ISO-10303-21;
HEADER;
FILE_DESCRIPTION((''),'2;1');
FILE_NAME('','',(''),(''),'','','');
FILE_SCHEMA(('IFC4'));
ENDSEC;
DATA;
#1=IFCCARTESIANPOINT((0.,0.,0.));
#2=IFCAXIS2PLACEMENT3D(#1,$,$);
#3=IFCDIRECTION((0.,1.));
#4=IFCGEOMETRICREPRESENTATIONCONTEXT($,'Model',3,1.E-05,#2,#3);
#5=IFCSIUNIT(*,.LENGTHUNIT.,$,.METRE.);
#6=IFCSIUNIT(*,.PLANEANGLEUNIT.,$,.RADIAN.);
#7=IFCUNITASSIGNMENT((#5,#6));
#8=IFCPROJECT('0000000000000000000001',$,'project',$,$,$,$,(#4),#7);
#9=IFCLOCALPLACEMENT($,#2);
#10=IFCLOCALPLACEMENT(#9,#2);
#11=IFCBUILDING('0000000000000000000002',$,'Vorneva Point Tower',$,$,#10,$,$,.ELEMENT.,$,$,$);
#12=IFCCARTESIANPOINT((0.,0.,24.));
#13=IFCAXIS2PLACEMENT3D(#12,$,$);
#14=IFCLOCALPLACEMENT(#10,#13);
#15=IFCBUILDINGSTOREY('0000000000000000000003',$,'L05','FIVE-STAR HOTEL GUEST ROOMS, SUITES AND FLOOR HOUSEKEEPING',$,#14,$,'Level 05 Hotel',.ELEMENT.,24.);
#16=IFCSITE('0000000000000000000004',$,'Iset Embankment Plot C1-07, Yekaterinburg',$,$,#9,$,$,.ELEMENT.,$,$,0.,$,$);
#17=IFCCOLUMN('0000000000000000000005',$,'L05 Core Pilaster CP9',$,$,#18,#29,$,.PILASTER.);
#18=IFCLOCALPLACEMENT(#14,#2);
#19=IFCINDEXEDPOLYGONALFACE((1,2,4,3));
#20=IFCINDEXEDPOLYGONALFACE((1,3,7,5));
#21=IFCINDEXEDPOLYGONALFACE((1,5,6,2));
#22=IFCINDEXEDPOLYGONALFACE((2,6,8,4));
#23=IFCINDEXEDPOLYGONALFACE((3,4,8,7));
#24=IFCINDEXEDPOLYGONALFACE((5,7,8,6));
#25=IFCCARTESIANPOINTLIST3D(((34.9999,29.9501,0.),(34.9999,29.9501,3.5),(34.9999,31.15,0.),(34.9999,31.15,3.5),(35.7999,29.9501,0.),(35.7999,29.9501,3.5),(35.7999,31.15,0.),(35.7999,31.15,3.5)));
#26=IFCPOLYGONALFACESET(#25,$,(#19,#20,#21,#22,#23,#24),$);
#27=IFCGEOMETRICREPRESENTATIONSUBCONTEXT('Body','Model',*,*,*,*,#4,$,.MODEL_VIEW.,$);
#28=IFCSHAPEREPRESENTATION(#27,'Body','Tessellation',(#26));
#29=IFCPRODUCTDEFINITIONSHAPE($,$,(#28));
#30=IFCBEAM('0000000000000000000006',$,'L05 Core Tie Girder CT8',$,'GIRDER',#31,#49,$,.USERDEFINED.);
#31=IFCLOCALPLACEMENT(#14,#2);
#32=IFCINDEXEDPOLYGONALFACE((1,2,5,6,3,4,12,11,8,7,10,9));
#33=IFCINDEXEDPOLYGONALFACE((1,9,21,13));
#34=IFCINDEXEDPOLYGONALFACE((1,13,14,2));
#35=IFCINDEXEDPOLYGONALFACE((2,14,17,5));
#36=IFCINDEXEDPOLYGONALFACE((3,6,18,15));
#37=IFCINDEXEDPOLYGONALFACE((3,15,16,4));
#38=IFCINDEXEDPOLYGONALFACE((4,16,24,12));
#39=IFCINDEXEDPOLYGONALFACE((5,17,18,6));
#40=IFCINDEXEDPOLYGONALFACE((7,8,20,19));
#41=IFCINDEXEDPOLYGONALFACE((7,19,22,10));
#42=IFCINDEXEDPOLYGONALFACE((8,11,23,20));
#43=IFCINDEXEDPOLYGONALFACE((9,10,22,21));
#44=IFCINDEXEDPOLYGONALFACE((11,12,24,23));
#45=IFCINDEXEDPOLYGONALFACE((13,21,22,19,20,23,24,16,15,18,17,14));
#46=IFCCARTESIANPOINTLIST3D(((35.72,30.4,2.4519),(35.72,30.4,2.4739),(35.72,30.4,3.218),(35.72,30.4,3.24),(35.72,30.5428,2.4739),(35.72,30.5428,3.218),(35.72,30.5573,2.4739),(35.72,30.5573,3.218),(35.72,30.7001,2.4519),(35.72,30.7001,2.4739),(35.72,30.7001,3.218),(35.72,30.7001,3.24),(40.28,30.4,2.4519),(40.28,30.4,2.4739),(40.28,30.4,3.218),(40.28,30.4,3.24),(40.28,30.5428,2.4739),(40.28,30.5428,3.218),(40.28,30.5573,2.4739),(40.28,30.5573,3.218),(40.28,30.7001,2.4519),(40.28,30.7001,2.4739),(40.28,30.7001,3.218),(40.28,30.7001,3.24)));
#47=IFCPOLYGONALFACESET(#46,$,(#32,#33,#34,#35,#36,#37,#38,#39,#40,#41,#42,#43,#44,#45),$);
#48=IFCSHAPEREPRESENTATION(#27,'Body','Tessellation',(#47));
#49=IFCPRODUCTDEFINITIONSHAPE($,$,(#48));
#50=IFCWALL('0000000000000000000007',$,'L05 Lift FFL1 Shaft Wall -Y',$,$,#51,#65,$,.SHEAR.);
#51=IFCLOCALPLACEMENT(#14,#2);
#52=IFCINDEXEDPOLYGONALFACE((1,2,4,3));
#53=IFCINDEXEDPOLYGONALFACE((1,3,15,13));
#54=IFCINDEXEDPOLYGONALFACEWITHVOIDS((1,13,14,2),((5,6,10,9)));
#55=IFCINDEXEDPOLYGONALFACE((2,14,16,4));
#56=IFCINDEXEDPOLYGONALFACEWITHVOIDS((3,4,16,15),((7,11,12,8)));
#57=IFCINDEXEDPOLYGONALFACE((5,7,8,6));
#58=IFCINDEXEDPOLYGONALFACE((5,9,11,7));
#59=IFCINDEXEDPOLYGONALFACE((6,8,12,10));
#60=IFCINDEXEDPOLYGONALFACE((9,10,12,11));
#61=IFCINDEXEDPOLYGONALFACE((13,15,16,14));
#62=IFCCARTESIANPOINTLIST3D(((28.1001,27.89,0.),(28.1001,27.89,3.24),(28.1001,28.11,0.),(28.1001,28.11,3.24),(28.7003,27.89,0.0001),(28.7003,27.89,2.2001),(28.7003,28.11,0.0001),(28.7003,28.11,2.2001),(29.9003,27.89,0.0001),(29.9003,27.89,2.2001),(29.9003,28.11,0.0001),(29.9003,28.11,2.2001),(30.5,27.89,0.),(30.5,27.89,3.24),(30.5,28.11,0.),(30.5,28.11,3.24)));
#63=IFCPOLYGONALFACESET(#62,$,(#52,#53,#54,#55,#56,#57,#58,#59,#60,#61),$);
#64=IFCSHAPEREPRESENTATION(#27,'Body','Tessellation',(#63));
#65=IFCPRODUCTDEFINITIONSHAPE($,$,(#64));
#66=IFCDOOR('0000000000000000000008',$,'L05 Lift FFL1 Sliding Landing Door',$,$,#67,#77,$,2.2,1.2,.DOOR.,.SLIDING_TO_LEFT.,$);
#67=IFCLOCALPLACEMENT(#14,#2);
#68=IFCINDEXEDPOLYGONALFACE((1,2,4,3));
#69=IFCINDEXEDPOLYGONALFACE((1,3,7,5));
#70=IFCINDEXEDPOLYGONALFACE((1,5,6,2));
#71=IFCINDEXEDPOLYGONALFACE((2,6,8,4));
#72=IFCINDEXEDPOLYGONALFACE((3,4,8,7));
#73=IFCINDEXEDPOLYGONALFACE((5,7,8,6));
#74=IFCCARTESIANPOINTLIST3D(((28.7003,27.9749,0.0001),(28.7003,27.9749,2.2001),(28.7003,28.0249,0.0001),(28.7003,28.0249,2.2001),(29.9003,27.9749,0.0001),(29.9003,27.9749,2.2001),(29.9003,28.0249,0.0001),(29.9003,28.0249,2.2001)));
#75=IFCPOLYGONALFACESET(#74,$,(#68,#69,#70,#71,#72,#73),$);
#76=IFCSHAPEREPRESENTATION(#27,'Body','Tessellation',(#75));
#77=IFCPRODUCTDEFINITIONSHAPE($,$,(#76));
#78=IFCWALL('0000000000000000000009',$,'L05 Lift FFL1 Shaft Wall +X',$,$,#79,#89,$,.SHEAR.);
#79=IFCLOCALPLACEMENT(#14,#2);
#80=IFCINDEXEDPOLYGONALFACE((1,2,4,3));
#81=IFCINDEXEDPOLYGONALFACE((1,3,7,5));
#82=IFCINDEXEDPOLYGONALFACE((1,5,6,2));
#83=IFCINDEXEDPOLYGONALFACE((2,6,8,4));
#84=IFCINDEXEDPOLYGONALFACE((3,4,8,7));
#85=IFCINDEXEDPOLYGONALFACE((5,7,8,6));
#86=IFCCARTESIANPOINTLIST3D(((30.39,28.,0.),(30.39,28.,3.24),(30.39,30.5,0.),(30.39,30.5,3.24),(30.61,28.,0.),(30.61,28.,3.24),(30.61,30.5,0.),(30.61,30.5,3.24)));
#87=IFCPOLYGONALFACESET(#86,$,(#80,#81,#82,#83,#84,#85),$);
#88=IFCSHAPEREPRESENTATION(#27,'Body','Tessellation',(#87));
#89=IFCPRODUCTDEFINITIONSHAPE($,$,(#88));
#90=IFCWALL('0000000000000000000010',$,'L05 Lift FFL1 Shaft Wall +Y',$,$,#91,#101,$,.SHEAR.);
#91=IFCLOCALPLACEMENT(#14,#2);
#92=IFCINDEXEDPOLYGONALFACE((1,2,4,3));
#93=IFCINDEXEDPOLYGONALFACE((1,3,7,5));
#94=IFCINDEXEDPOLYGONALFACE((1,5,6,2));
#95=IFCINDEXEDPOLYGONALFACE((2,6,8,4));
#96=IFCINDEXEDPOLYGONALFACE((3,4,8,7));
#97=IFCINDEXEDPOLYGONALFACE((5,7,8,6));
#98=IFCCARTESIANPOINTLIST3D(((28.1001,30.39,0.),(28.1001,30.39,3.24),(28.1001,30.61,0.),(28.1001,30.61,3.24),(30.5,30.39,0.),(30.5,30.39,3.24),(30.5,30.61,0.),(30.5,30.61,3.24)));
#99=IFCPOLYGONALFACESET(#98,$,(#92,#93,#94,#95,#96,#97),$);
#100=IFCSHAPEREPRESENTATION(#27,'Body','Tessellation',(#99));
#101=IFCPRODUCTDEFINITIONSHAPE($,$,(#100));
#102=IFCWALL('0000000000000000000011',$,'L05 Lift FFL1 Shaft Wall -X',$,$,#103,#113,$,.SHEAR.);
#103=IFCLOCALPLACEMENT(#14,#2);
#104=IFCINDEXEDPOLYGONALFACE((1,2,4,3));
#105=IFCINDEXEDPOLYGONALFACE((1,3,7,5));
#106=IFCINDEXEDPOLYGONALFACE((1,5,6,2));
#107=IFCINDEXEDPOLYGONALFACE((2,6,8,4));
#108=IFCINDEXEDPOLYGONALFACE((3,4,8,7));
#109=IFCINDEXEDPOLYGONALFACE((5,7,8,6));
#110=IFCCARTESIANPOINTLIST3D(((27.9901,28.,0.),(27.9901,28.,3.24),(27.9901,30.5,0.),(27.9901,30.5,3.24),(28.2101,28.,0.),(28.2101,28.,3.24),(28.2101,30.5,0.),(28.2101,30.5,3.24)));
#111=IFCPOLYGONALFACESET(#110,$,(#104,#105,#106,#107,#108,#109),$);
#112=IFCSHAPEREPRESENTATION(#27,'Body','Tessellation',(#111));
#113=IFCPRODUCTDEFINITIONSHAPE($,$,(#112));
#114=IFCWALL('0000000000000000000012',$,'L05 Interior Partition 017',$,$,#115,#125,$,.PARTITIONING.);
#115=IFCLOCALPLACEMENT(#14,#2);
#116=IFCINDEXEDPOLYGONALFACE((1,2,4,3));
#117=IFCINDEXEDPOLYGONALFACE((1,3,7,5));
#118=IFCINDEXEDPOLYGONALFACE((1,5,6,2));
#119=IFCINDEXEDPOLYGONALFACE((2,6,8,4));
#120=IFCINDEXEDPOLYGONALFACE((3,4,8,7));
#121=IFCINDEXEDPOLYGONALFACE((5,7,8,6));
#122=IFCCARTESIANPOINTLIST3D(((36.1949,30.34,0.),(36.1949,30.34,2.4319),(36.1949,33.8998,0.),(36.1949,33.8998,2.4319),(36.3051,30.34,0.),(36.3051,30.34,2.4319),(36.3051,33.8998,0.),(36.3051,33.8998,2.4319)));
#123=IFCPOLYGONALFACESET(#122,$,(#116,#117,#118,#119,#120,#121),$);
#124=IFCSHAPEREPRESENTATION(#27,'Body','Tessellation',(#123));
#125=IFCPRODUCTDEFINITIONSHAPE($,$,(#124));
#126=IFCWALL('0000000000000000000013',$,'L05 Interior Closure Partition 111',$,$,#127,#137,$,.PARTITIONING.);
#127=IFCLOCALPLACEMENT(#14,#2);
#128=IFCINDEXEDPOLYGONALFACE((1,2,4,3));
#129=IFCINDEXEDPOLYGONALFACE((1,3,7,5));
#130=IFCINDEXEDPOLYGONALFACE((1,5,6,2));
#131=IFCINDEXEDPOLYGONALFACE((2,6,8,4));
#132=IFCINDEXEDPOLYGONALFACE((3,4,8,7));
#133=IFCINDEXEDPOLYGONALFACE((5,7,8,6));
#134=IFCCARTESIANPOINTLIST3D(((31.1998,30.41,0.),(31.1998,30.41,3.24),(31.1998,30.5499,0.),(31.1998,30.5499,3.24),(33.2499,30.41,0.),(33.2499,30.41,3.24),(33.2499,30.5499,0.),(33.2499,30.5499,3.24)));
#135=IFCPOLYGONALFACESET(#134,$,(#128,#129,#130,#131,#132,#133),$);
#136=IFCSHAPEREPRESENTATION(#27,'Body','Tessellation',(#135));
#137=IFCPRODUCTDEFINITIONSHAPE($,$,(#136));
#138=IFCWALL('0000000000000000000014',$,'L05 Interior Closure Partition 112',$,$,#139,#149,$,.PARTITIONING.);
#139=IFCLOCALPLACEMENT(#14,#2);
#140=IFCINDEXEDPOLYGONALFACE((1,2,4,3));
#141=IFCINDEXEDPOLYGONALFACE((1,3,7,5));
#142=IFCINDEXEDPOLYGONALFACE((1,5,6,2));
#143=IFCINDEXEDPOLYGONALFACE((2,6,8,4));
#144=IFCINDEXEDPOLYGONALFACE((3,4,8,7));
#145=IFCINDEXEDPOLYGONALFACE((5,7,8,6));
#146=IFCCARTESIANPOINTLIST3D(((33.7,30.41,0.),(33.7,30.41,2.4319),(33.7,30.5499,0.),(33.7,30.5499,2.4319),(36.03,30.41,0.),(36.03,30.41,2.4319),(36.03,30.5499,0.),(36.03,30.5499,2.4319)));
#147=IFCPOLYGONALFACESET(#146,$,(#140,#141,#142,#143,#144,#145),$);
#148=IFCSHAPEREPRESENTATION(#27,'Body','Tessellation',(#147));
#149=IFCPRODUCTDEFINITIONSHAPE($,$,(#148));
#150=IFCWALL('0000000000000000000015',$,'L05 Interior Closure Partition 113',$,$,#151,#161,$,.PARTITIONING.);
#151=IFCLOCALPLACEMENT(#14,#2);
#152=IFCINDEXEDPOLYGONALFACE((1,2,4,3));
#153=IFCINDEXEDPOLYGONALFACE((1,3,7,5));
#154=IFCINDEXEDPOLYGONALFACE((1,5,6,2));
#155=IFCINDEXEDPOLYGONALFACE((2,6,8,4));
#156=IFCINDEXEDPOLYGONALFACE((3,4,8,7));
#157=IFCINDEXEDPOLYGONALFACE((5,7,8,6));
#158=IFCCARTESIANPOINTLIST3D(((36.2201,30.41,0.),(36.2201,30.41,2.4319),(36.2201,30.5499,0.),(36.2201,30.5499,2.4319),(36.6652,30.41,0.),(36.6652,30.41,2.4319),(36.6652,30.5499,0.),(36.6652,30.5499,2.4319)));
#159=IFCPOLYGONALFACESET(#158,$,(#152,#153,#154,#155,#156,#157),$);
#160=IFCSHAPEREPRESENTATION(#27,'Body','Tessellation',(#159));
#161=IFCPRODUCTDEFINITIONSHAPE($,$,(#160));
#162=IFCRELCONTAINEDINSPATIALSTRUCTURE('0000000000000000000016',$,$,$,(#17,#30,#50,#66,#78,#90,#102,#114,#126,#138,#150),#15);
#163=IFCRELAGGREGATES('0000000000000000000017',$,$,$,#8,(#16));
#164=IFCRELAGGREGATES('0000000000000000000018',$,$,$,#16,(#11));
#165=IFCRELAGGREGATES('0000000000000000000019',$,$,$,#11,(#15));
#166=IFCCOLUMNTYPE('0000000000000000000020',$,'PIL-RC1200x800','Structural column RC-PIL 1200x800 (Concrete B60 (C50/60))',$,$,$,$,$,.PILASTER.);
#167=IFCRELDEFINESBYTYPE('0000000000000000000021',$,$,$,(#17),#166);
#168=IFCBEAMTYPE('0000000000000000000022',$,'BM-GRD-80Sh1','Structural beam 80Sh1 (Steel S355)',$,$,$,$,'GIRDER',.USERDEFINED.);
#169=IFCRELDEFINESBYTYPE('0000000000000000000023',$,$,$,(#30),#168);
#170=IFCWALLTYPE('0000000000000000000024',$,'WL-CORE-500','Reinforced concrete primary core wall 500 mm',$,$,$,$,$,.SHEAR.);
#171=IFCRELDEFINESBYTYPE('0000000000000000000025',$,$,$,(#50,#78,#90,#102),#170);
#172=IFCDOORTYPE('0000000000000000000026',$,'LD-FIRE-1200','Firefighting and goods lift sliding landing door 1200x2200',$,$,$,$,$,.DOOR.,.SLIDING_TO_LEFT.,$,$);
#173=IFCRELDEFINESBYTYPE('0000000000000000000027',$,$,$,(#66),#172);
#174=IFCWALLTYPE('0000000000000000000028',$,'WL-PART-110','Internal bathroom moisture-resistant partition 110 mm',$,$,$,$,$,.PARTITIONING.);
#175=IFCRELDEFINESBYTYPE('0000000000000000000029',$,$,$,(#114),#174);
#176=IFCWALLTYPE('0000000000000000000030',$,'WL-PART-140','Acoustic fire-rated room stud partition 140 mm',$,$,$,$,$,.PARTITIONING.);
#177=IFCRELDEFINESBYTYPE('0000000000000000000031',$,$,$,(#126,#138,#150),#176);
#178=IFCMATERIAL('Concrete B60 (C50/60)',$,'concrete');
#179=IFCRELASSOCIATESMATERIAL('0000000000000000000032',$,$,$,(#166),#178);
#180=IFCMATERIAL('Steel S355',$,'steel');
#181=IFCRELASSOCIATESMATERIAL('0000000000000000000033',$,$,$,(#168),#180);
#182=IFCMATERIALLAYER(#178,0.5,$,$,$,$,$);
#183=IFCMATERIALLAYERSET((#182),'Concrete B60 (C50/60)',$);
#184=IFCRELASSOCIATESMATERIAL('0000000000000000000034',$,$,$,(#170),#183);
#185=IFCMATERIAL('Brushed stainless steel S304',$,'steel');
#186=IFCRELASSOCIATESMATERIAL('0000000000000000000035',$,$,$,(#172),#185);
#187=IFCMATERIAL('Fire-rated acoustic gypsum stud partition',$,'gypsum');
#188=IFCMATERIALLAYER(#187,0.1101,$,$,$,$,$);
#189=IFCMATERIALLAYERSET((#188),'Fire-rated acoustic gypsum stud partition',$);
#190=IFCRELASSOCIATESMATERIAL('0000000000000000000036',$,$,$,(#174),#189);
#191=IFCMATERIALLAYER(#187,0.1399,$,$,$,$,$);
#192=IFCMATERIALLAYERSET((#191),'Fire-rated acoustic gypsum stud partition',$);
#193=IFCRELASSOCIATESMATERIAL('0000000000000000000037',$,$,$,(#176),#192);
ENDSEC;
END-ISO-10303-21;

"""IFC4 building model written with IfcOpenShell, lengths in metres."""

from ifc_helpers import new_model, si_unit, direction, frame, frame_2d, origin, origin_2d, place, context, subcontext, project, spatial, rectangle, i_section, extrude, material, layer, layer_set, material_profile, profile_set, type_object, element, fill, save


model = new_model("IFC4")

# Units and contexts
model_context = context("Model", 3, precision=1e-05, world=origin(), true_north=direction((0.0, 1.0)))
body_context = subcontext(model_context, "Body", "Model", "MODEL_VIEW")
ifc_project = project(units=[si_unit("LENGTHUNIT", "METRE"), si_unit("PLANEANGLEUNIT", "RADIAN")], contexts=[model_context])

# Site, building, storey
site_placement = place(None, origin())
site = spatial("IfcSite", under=ifc_project, at=site_placement, Name="Iset Embankment Plot C1-07, Yekaterinburg", CompositionType="ELEMENT", RefElevation=0.0)
building_placement = place(site_placement, origin())
building = spatial("IfcBuilding", under=site, at=building_placement, Name="Vorneva Point Tower", CompositionType="ELEMENT")
storey_placement = place(building_placement, frame((0.0, 0.0, 24.0)))
storey = spatial("IfcBuildingStorey", under=building, at=storey_placement, Name="L05", Description="FIVE-STAR HOTEL GUEST ROOMS, SUITES AND FLOOR HOUSEKEEPING", LongName="Level 05 Hotel", CompositionType="ELEMENT", Elevation=24.0)

# Column
ifc_material_1 = material(Name="Concrete B60 (C50/60)", Category="concrete")
ifc_material_profile_1 = material_profile(ifc_material_1, rectangle(XDim=0.8, YDim=1.2, at=origin_2d()), Name="RC-PIL 1200x800")
ifc_profile_set_1 = profile_set([ifc_material_profile_1], Name="Concrete B60 (C50/60)")
column_type = type_object("IfcColumnType", Name="PIL-RC1200x800", Description="Structural column RC-PIL 1200x800 (Concrete B60 (C50/60))", PredefinedType="PILASTER", material=ifc_profile_set_1)
column_placement = place(storey_placement, frame((35.3999, 30.55, 0.0), z_axis=(0.0, 0.0, 1.0), x_axis=(1.0, 0.0, 0.0)))
element("IfcColumn", 1, at=column_placement, inside=storey, type_object=column_type, Name="L05 Core Pilaster CP9", PredefinedType="PILASTER", context=body_context, shape_type="SweptSolid", body=[
    extrude(rectangle(XDim=0.8, YDim=1.2, at=origin_2d()), origin(), (0.0, 0.0, 1.0), 3.5),
])

# Beam
ifc_material_2 = material(Name="Steel S355", Category="steel")
ifc_material_profile_2 = material_profile(ifc_material_2, i_section(OverallWidth=0.3, OverallDepth=0.7881, WebThickness=0.0144, FlangeThickness=0.022, at=origin_2d()), Name="80Sh1")
ifc_profile_set_2 = profile_set([ifc_material_profile_2], Name="Steel S355")
beam_type = type_object("IfcBeamType", Name="BM-GRD-80Sh1", Description="Structural beam 80Sh1 (Steel S355)", ElementType="GIRDER", PredefinedType="USERDEFINED", material=ifc_profile_set_2)
beam_placement = place(storey_placement, frame((35.72, 30.55, 2.8459), z_axis=(1.0, 0.0, 0.0), x_axis=(0.0, 1.0, 0.0)))
element("IfcBeam", 2, at=beam_placement, inside=storey, type_object=beam_type, Name="L05 Core Tie Girder CT8", ObjectType="GIRDER", PredefinedType="USERDEFINED", context=body_context, shape_type="SweptSolid", body=[
    extrude(i_section(OverallWidth=0.3, OverallDepth=0.7881, WebThickness=0.0144, FlangeThickness=0.022, at=origin_2d()), origin(), (0.0, 0.0, 1.0), 4.5601),
])

# Wall, opening, door
ifc_layer_1 = layer(ifc_material_1, 0.5)
ifc_layer_set_1 = layer_set([ifc_layer_1], Name="Concrete B60 (C50/60)")
wall_type_1 = type_object("IfcWallType", Name="WL-CORE-500", Description="Reinforced concrete primary core wall 500 mm", PredefinedType="SHEAR", material=ifc_layer_set_1)
wall_1_placement = place(storey_placement, frame((28.1001, 28.0, 0.0), z_axis=(0.0, 0.0, 1.0), x_axis=(1.0, 0.0, 0.0)))
wall_1 = element("IfcWall", 3, at=wall_1_placement, inside=storey, type_object=wall_type_1, Name="L05 Lift FFL1 Shaft Wall -Y", PredefinedType="SHEAR", context=body_context, shape_type="SweptSolid", body=[
    extrude(rectangle(XDim=2.3999, YDim=0.22, at=frame_2d((1.2, 0.0))), origin(), (0.0, 0.0, 1.0), 3.24),
])
opening_1_placement = place(wall_1_placement, frame((0.6001, 0.0, 0.0)))
opening_1 = element("IfcOpeningElement", 4, at=opening_1_placement, cuts=wall_1, PredefinedType="OPENING", context=body_context, shape_type="SweptSolid", body=[
    extrude(rectangle(XDim=1.2, YDim=2.2, at=frame_2d((0.6001, 1.1001))), frame((0.0, 0.125, 0.0), z_axis=(0.0, -1.0, 0.0), x_axis=(1.0, 0.0, 0.0)), (0.0, 0.0, 1.0), 0.2498),
])
ifc_material_3 = material(Name="Brushed stainless steel S304", Category="steel")
door_type_1 = type_object("IfcDoorType", Name="LD-FIRE-1200", Description="Firefighting and goods lift sliding landing door 1200x2200", OperationType="SLIDING_TO_LEFT", PredefinedType="DOOR", material=ifc_material_3)
door_1_placement = place(opening_1_placement, origin())
door_1 = element("IfcDoor", 5, at=door_1_placement, inside=storey, type_object=door_type_1, Name="L05 Lift FFL1 Sliding Landing Door", OperationType="SLIDING_TO_LEFT", OverallHeight=2.2, OverallWidth=1.2, PredefinedType="DOOR", context=body_context, shape_type="SweptSolid", body=[
    extrude(rectangle(XDim=1.2, YDim=2.2, at=frame_2d((0.6001, 1.1001))), frame((0.0, 0.0249, 0.0), z_axis=(0.0, -1.0, 0.0), x_axis=(1.0, 0.0, 0.0)), (0.0, 0.0, 1.0), 0.05),
])
fill(opening_1, door_1)

# Walls
wall_2_placement = place(storey_placement, frame((30.5, 28.0, 0.0), z_axis=(0.0, 0.0, 1.0), x_axis=(0.0, 1.0, 0.0)))
element("IfcWall", 6, at=wall_2_placement, inside=storey, type_object=wall_type_1, Name="L05 Lift FFL1 Shaft Wall +X", PredefinedType="SHEAR", context=body_context, shape_type="SweptSolid", body=[
    extrude(rectangle(XDim=2.5, YDim=0.22, at=frame_2d((1.25, 0.0))), origin(), (0.0, 0.0, 1.0), 3.24),
])
wall_3_placement = place(storey_placement, frame((30.5, 30.5, 0.0), z_axis=(0.0, 0.0, 1.0), x_axis=(-1.0, 0.0, 0.0)))
element("IfcWall", 7, at=wall_3_placement, inside=storey, type_object=wall_type_1, Name="L05 Lift FFL1 Shaft Wall +Y", PredefinedType="SHEAR", context=body_context, shape_type="SweptSolid", body=[
    extrude(rectangle(XDim=2.3999, YDim=0.22, at=frame_2d((1.2, 0.0))), origin(), (0.0, 0.0, 1.0), 3.24),
])
wall_4_placement = place(storey_placement, frame((28.1001, 30.5, 0.0), z_axis=(0.0, 0.0, 1.0), x_axis=(0.0, -1.0, 0.0)))
element("IfcWall", 8, at=wall_4_placement, inside=storey, type_object=wall_type_1, Name="L05 Lift FFL1 Shaft Wall -X", PredefinedType="SHEAR", context=body_context, shape_type="SweptSolid", body=[
    extrude(rectangle(XDim=2.5, YDim=0.22, at=frame_2d((1.25, 0.0))), origin(), (0.0, 0.0, 1.0), 3.24),
])
ifc_material_4 = material(Name="Fire-rated acoustic gypsum stud partition", Category="gypsum")
ifc_layer_2 = layer(ifc_material_4, 0.1101)
ifc_layer_set_2 = layer_set([ifc_layer_2], Name="Fire-rated acoustic gypsum stud partition")
wall_type_2 = type_object("IfcWallType", Name="WL-PART-110", Description="Internal bathroom moisture-resistant partition 110 mm", PredefinedType="PARTITIONING", material=ifc_layer_set_2)
wall_5_placement = place(storey_placement, frame((36.25, 30.3401, 0.0), z_axis=(0.0, 0.0, 1.0), x_axis=(0.0, 1.0, 0.0)))
element("IfcWall", 9, at=wall_5_placement, inside=storey, type_object=wall_type_2, Name="L05 Interior Partition 017", PredefinedType="PARTITIONING", context=body_context, shape_type="SweptSolid", body=[
    extrude(rectangle(XDim=3.5598, YDim=0.1101, at=frame_2d((1.7798, 0.0))), origin(), (0.0, 0.0, 1.0), 2.4319),
])
ifc_layer_3 = layer(ifc_material_4, 0.1399)
ifc_layer_set_3 = layer_set([ifc_layer_3], Name="Fire-rated acoustic gypsum stud partition")
wall_type_3 = type_object("IfcWallType", Name="WL-PART-140", Description="Acoustic fire-rated room stud partition 140 mm", PredefinedType="PARTITIONING", material=ifc_layer_set_3)
wall_6_placement = place(storey_placement, frame((31.2, 30.48, 0.0), z_axis=(0.0, 0.0, 1.0), x_axis=(1.0, 0.0, 0.0)))
element("IfcWall", 10, at=wall_6_placement, inside=storey, type_object=wall_type_3, Name="L05 Interior Closure Partition 111", PredefinedType="PARTITIONING", context=body_context, shape_type="SweptSolid", body=[
    extrude(rectangle(XDim=2.05, YDim=0.1399, at=frame_2d((1.0249, 0.0))), origin(), (0.0, 0.0, 1.0), 3.24),
])
wall_7_placement = place(storey_placement, frame((33.7, 30.48, 0.0), z_axis=(0.0, 0.0, 1.0), x_axis=(1.0, 0.0, 0.0)))
element("IfcWall", 11, at=wall_7_placement, inside=storey, type_object=wall_type_3, Name="L05 Interior Closure Partition 112", PredefinedType="PARTITIONING", context=body_context, shape_type="SweptSolid", body=[
    extrude(rectangle(XDim=2.3301, YDim=0.1399, at=frame_2d((1.165, 0.0))), origin(), (0.0, 0.0, 1.0), 2.4319),
])
wall_8_placement = place(storey_placement, frame((36.22, 30.48, 0.0), z_axis=(0.0, 0.0, 1.0), x_axis=(1.0, 0.0, 0.0)))
element("IfcWall", 12, at=wall_8_placement, inside=storey, type_object=wall_type_3, Name="L05 Interior Closure Partition 113", PredefinedType="PARTITIONING", context=body_context, shape_type="SweptSolid", body=[
    extrude(rectangle(XDim=0.4451, YDim=0.1399, at=frame_2d((0.2227, 0.0))), origin(), (0.0, 0.0, 1.0), 2.4319),
])

save(model, "model.ifc")
